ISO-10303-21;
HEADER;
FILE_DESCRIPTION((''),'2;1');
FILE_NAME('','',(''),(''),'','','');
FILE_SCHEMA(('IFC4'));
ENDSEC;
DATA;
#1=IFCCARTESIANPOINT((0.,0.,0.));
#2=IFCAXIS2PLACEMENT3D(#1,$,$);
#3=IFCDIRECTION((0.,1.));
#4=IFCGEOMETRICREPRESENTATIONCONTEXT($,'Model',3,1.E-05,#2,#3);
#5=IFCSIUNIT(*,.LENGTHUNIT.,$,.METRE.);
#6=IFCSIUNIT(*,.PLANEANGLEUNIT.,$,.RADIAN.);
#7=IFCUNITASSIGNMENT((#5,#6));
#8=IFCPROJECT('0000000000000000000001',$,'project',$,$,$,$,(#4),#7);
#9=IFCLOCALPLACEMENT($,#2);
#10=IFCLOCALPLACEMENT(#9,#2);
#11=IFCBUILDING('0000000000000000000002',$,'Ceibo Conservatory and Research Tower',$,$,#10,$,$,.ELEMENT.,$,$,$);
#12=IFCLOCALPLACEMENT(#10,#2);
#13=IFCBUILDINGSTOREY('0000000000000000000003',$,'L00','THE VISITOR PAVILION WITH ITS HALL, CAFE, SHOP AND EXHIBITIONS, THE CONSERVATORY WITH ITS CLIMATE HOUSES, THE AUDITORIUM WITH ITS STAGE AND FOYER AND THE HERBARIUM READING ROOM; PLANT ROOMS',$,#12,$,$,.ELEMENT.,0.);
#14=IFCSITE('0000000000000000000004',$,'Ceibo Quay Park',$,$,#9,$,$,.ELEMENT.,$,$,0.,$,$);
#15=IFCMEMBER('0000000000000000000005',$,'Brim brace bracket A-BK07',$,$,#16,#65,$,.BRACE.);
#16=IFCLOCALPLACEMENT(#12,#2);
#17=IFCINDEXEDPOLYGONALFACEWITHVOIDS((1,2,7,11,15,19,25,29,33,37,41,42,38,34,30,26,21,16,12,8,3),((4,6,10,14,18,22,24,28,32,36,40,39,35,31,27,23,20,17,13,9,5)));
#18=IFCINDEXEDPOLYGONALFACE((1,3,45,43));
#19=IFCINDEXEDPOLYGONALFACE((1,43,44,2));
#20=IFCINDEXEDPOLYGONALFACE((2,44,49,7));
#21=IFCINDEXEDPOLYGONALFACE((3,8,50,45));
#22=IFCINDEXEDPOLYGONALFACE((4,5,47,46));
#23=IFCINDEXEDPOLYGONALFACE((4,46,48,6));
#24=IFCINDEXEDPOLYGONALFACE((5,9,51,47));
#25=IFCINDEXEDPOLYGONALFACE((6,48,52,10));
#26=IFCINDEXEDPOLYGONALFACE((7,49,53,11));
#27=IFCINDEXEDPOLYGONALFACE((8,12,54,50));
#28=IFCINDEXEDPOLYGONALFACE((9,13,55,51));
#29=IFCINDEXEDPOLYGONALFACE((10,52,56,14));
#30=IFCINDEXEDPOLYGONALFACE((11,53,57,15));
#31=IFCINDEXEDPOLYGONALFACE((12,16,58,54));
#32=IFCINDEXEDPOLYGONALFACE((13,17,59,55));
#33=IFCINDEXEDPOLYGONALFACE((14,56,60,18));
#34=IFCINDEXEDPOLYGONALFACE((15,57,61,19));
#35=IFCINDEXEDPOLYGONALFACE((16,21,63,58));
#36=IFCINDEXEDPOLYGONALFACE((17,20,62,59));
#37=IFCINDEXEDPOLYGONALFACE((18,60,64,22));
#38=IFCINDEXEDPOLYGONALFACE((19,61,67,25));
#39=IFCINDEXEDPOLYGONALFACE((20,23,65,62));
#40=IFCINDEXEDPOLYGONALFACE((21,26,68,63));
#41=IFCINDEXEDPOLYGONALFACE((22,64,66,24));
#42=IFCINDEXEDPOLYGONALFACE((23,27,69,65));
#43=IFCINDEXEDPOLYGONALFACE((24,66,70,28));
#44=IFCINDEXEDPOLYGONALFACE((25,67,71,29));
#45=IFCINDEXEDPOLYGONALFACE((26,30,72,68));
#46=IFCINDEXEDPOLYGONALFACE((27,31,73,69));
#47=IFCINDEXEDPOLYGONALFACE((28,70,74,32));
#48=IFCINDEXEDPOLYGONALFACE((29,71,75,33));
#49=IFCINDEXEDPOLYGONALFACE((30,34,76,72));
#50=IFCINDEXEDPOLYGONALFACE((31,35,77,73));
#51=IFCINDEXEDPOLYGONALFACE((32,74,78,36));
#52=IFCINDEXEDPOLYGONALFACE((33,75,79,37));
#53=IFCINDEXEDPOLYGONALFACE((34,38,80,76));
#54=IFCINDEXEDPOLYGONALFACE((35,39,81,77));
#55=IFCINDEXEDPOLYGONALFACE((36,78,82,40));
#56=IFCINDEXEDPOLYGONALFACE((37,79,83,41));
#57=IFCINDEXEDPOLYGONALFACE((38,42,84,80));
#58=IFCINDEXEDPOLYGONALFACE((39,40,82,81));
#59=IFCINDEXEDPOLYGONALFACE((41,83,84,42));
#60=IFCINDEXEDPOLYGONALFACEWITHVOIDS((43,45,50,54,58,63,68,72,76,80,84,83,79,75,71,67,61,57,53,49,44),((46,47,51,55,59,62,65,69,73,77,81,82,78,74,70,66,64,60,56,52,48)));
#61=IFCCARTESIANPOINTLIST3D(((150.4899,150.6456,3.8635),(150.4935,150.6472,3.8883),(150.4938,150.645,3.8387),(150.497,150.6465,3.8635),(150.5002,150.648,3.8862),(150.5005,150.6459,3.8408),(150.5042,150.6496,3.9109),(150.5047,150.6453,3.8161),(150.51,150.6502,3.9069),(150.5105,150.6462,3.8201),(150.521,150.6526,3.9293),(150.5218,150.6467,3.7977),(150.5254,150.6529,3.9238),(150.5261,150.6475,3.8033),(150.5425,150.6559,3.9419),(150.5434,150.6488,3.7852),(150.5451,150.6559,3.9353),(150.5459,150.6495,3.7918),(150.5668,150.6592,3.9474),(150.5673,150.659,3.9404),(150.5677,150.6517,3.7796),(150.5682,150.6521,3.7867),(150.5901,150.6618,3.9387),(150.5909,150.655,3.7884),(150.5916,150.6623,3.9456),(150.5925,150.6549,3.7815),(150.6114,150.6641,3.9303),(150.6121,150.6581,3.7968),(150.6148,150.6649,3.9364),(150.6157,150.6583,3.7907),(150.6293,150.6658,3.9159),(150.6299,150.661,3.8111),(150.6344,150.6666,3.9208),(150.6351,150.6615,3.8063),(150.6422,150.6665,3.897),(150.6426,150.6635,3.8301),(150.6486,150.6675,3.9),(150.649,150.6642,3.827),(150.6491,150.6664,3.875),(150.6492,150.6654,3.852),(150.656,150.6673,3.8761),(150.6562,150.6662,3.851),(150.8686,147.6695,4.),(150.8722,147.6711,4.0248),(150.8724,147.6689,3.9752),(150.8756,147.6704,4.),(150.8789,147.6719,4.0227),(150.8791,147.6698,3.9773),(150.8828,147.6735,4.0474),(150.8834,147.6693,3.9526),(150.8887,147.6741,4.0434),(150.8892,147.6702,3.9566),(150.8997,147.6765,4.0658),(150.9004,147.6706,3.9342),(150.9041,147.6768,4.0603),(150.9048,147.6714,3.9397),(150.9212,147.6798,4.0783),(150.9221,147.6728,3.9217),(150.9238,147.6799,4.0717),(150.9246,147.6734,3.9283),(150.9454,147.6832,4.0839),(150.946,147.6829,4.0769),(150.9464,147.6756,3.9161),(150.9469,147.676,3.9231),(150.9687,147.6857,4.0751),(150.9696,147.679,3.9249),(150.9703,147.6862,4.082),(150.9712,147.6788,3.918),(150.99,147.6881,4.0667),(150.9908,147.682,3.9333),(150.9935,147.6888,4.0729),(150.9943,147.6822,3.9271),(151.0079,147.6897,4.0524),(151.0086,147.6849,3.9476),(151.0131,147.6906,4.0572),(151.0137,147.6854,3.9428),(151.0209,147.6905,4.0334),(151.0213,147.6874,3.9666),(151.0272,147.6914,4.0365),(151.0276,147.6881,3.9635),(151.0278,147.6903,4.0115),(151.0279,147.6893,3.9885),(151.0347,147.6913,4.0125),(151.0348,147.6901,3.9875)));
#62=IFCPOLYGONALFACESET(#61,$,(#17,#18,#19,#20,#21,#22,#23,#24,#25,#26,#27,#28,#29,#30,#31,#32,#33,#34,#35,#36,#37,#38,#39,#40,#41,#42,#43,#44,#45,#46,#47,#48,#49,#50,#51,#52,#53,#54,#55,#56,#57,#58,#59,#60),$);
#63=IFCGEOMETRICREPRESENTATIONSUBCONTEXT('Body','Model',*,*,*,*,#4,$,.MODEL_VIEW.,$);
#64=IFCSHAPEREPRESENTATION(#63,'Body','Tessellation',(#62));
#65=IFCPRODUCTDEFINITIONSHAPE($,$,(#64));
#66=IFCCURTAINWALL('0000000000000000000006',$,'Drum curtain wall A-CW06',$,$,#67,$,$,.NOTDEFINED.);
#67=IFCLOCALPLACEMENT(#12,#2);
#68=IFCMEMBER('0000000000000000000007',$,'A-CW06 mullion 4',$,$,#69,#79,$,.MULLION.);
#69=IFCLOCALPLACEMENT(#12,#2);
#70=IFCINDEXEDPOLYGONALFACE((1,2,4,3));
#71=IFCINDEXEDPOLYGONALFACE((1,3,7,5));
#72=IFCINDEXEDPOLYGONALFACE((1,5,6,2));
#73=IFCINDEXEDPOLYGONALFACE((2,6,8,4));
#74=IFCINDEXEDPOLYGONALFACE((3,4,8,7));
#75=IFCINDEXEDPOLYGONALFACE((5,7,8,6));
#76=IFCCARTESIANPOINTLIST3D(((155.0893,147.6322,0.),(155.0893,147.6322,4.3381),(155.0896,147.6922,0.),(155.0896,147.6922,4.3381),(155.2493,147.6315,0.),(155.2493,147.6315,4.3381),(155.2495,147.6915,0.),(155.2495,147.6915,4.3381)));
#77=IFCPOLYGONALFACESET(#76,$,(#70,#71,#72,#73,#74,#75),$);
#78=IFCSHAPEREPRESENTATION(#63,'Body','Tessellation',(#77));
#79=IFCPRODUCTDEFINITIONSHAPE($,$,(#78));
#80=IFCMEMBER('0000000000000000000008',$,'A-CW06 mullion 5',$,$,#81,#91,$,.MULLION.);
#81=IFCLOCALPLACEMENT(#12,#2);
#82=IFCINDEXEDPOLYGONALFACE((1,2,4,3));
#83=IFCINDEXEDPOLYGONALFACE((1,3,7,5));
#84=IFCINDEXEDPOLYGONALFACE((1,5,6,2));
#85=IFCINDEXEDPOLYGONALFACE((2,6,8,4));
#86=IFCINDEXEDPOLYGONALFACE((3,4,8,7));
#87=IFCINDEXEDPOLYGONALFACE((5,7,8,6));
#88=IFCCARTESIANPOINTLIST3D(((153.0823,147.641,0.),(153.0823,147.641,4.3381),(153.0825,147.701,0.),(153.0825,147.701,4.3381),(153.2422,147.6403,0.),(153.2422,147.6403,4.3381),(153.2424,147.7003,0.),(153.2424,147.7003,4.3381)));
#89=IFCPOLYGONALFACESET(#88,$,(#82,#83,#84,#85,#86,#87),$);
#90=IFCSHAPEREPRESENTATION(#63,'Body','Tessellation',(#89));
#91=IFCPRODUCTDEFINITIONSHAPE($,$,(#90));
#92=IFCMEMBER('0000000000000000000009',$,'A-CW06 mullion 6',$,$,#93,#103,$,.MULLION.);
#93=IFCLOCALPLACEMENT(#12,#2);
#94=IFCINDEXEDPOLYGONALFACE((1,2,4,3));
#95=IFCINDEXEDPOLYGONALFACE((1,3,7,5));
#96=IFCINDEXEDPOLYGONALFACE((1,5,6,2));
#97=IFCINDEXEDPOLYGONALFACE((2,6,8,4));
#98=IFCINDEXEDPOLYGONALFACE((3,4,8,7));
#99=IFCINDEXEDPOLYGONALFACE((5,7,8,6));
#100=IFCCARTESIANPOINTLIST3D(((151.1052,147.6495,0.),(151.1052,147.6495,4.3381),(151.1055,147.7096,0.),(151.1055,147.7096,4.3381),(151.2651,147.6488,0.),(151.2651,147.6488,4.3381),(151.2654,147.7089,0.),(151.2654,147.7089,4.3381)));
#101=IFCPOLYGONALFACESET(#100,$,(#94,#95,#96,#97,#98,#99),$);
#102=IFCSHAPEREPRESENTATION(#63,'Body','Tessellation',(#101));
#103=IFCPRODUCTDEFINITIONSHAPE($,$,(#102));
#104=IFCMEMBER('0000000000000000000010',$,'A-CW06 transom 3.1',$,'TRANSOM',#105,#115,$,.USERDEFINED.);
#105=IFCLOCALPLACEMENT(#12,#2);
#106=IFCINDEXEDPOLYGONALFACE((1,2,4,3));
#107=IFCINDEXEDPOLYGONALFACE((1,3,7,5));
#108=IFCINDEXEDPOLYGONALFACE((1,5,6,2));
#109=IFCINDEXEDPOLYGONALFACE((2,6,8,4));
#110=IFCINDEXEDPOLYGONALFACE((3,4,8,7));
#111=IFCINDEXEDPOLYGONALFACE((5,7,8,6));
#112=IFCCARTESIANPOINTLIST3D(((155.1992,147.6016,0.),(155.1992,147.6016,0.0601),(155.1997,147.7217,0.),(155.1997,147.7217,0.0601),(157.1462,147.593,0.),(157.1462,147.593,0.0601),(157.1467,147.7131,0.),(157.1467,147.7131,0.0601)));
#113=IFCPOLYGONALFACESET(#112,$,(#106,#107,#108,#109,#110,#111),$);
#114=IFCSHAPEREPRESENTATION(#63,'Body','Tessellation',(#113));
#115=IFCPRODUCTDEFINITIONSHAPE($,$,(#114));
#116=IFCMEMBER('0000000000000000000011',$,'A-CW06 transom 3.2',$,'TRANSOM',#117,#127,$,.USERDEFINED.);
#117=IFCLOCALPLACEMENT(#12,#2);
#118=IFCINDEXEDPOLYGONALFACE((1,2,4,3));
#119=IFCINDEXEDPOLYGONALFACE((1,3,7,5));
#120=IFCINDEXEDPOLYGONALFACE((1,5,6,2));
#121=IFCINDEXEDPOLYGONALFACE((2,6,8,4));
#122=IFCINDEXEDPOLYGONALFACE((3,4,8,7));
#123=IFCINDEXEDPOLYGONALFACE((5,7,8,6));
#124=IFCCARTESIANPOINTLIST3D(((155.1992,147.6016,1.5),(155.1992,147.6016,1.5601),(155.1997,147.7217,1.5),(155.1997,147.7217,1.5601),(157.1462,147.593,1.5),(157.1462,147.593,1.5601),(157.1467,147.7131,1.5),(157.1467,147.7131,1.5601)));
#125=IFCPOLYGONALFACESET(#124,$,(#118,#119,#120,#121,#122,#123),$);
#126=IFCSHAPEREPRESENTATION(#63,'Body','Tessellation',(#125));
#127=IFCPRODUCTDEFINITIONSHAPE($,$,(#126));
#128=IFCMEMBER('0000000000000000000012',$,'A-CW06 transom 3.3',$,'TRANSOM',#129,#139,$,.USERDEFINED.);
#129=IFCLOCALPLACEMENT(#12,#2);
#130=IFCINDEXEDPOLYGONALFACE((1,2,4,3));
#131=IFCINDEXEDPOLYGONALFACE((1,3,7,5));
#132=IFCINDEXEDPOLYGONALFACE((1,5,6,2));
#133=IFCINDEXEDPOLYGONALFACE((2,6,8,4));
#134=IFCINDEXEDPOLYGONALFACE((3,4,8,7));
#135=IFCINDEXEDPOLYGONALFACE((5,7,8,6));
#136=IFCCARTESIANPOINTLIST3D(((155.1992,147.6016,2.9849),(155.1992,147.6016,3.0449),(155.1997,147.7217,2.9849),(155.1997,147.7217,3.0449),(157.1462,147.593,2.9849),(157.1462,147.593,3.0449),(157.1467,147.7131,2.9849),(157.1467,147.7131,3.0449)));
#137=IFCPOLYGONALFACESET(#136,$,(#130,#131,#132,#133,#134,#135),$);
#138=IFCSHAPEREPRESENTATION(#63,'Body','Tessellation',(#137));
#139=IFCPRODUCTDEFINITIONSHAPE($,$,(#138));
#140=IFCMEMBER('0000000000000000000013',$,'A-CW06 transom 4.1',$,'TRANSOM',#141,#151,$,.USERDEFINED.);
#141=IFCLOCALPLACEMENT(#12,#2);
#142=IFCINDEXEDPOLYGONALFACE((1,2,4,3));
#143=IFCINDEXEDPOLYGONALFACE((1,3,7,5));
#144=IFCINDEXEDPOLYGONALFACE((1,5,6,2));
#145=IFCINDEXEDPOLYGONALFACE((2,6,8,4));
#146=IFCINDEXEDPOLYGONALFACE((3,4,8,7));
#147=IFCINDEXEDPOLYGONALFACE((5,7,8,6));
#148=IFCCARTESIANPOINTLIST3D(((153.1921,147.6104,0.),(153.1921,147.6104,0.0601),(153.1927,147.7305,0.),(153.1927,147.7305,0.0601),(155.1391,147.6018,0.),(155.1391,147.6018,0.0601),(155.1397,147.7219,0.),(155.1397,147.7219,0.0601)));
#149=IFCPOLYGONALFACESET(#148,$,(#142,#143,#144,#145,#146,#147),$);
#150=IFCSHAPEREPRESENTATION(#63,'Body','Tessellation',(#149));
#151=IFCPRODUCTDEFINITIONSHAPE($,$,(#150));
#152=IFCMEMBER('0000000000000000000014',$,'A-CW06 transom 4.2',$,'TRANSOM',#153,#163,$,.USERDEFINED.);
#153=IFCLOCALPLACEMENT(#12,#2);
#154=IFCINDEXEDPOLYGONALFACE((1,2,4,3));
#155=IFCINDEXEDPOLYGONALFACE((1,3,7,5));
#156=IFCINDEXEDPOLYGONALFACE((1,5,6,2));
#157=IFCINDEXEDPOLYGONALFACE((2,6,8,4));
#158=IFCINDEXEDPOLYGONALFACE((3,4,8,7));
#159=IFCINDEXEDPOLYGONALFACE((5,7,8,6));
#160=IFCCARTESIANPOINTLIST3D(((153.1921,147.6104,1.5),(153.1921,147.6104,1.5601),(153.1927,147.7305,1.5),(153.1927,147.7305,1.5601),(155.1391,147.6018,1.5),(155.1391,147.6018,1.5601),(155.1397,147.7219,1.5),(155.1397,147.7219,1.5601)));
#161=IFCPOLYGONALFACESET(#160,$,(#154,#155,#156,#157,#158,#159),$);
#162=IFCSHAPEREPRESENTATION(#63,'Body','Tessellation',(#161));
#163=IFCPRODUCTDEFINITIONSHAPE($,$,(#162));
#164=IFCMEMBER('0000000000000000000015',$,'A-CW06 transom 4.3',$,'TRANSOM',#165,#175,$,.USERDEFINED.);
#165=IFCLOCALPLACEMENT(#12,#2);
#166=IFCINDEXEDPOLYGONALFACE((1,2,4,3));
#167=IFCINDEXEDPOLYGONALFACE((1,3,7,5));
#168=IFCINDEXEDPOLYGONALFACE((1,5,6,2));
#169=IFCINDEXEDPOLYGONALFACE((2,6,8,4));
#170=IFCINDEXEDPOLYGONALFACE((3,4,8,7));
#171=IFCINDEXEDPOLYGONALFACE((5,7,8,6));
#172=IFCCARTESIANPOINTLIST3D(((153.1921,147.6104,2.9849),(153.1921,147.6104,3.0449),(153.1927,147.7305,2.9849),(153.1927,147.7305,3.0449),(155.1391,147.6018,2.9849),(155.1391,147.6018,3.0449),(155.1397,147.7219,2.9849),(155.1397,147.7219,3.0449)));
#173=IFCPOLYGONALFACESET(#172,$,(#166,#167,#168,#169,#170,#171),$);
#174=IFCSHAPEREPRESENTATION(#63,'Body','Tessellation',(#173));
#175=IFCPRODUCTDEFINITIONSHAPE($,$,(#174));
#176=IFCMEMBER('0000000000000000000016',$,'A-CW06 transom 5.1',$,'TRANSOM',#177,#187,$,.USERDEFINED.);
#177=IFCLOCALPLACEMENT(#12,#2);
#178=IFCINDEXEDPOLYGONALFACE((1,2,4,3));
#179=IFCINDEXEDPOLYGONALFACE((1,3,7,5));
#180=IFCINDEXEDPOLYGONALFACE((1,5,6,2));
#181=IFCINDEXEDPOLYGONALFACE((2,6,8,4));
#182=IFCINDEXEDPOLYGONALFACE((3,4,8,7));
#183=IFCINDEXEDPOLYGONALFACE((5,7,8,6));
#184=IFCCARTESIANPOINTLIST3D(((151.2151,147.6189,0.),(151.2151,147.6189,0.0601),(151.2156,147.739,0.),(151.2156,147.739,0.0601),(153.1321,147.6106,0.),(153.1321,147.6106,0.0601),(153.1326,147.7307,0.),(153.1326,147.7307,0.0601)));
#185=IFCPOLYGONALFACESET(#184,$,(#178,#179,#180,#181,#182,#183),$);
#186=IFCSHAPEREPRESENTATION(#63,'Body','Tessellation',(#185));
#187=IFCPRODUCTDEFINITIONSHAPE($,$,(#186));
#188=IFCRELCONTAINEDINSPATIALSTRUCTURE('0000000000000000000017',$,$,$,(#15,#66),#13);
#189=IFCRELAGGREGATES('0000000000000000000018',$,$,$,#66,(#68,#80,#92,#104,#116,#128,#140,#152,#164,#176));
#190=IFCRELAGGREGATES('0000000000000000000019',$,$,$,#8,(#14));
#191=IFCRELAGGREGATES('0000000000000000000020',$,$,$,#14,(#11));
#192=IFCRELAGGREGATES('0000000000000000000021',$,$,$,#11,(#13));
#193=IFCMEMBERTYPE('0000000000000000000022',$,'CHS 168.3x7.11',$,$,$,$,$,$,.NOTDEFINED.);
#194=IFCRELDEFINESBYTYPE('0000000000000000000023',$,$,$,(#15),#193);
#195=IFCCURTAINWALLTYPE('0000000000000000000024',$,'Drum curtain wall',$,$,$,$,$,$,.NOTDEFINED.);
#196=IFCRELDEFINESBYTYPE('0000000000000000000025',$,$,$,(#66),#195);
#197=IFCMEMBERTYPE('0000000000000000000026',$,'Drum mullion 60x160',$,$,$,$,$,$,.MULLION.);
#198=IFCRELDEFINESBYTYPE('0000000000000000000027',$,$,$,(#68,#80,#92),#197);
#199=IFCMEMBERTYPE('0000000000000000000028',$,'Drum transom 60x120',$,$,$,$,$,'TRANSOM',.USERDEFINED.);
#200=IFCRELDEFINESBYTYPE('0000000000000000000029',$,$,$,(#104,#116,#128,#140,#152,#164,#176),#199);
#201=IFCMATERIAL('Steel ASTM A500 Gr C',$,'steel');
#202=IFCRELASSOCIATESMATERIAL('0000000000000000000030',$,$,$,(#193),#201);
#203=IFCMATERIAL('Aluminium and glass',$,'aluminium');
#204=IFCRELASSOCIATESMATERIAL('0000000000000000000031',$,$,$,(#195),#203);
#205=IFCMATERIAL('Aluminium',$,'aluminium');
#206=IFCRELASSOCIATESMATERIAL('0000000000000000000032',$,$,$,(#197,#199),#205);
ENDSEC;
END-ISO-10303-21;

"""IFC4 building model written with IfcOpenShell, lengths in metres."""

from ifc_helpers import new_model, si_unit, direction, frame, origin, origin_2d, place, context, subcontext, project, spatial, rectangle, hollow_circle, extrude, material, material_profile, profile_set, type_object, element, aggregate, save


model = new_model("IFC4")

# Units and contexts
model_context = context("Model", 3, precision=1e-05, world=origin(), true_north=direction((0.0, 1.0)))
body_context = subcontext(model_context, "Body", "Model", "MODEL_VIEW")
ifc_project = project(units=[si_unit("LENGTHUNIT", "METRE"), si_unit("PLANEANGLEUNIT", "RADIAN")], contexts=[model_context])

# Site, building, storey
site_placement = place(None, origin())
site = spatial("IfcSite", under=ifc_project, at=site_placement, Name="Ceibo Quay Park", CompositionType="ELEMENT", RefElevation=0.0)
building_placement = place(site_placement, origin())
building = spatial("IfcBuilding", under=site, at=building_placement, Name="Ceibo Conservatory and Research Tower", CompositionType="ELEMENT")
storey_placement = place(building_placement, origin())
storey = spatial("IfcBuildingStorey", under=building, at=storey_placement, Name="L00", Description="THE VISITOR PAVILION WITH ITS HALL, CAFE, SHOP AND EXHIBITIONS, THE CONSERVATORY WITH ITS CLIMATE HOUSES, THE AUDITORIUM WITH ITS STAGE AND FOYER AND THE HERBARIUM READING ROOM; PLANT ROOMS", CompositionType="ELEMENT", Elevation=0.0)

# Shared definitions
ifc_material_1 = material(Name="Steel ASTM A500 Gr C", Category="steel")

# Member
ifc_material_profile_1 = material_profile(ifc_material_1, hollow_circle(Radius=0.0842, WallThickness=0.0071, at=origin_2d()), Name="CHS 168.3x7.11")
ifc_profile_set_1 = profile_set([ifc_material_profile_1], Name="Steel ASTM A500 Gr C")
member_type_1 = type_object("IfcMemberType", Name="CHS 168.3x7.11", PredefinedType="NOTDEFINED", material=ifc_profile_set_1)
member_1_placement = place(storey_placement, frame((150.9521, 147.6802, 4.0), z_axis=(-0.126087, 0.990978, -0.045444), x_axis=(-0.992003, -0.126218, 0.0)))
element("IfcMember", 1, at=member_1_placement, inside=storey, type_object=member_type_1, Name="Brim brace bracket A-BK07", PredefinedType="BRACE", context=body_context, shape_type="SweptSolid", body=[
    extrude(hollow_circle(Radius=0.0842, WallThickness=0.0071, at=origin_2d()), origin(), (0.0, 0.0, 1.0), 3.0032),
])

# Curtain wall, members
ifc_material_2 = material(Name="Aluminium and glass", Category="aluminium")
curtain_wall_type = type_object("IfcCurtainWallType", Name="Drum curtain wall", PredefinedType="NOTDEFINED", material=ifc_material_2)
curtain_wall_placement = place(storey_placement, origin())
curtain_wall = element("IfcCurtainWall", 2, at=curtain_wall_placement, inside=storey, type_object=curtain_wall_type, Name="Drum curtain wall A-CW06", PredefinedType="NOTDEFINED")
ifc_material_3 = material(Name="Aluminium", Category="aluminium")
ifc_material_profile_2 = material_profile(ifc_material_3, rectangle(XDim=0.0601, YDim=0.1599, at=origin_2d()), Name="AL 60x160")
ifc_profile_set_2 = profile_set([ifc_material_profile_2], Name="Aluminium")
member_type_2 = type_object("IfcMemberType", Name="Drum mullion 60x160", PredefinedType="MULLION", material=ifc_profile_set_2)
member_2_placement = place(storey_placement, frame((155.1694, 147.6619, 0.0), z_axis=(0.0, 0.0, 1.0), x_axis=(-0.004363, -0.99999, 0.0)))
member_2 = element("IfcMember", 3, at=member_2_placement, type_object=member_type_2, Name="A-CW06 mullion 4", PredefinedType="MULLION", context=body_context, shape_type="SweptSolid", body=[
    extrude(rectangle(XDim=0.0601, YDim=0.1599, at=origin_2d()), origin(), (0.0, 0.0, 1.0), 4.3381),
])
member_3_placement = place(storey_placement, frame((153.1624, 147.6707, 0.0), z_axis=(0.0, 0.0, 1.0), x_axis=(-0.004363, -0.99999, 0.0)))
member_3 = element("IfcMember", 4, at=member_3_placement, type_object=member_type_2, Name="A-CW06 mullion 5", PredefinedType="MULLION", context=body_context, shape_type="SweptSolid", body=[
    extrude(rectangle(XDim=0.0601, YDim=0.1599, at=origin_2d()), origin(), (0.0, 0.0, 1.0), 4.3381),
])
member_4_placement = place(storey_placement, frame((151.1853, 147.6792, 0.0), z_axis=(0.0, 0.0, 1.0), x_axis=(-0.004363, -0.99999, 0.0)))
member_4 = element("IfcMember", 5, at=member_4_placement, type_object=member_type_2, Name="A-CW06 mullion 6", PredefinedType="MULLION", context=body_context, shape_type="SweptSolid", body=[
    extrude(rectangle(XDim=0.0601, YDim=0.1599, at=origin_2d()), origin(), (0.0, 0.0, 1.0), 4.3381),
])
ifc_material_profile_3 = material_profile(ifc_material_3, rectangle(XDim=0.1201, YDim=0.0601, at=origin_2d()), Name="AL 60x120")
ifc_profile_set_3 = profile_set([ifc_material_profile_3], Name="Aluminium")
member_type_3 = type_object("IfcMemberType", Name="Drum transom 60x120", ElementType="TRANSOM", PredefinedType="USERDEFINED", material=ifc_profile_set_3)
member_5_placement = place(storey_placement, frame((157.1465, 147.6531, 0.03), z_axis=(-0.99999, 0.004389, 0.0), x_axis=(-0.004389, -0.99999, 0.0)))
member_5 = element("IfcMember", 6, at=member_5_placement, type_object=member_type_3, Name="A-CW06 transom 3.1", ObjectType="TRANSOM", PredefinedType="USERDEFINED", context=body_context, shape_type="SweptSolid", body=[
    extrude(rectangle(XDim=0.1201, YDim=0.0601, at=origin_2d()), origin(), (0.0, 0.0, 1.0), 1.947),
])
member_6_placement = place(storey_placement, frame((157.1465, 147.6531, 1.53), z_axis=(-0.99999, 0.004389, 0.0), x_axis=(-0.004389, -0.99999, 0.0)))
member_6 = element("IfcMember", 7, at=member_6_placement, type_object=member_type_3, Name="A-CW06 transom 3.2", ObjectType="TRANSOM", PredefinedType="USERDEFINED", context=body_context, shape_type="SweptSolid", body=[
    extrude(rectangle(XDim=0.1201, YDim=0.0601, at=origin_2d()), origin(), (0.0, 0.0, 1.0), 1.947),
])
member_7_placement = place(storey_placement, frame((157.1465, 147.6531, 3.0149), z_axis=(-0.99999, 0.004389, 0.0), x_axis=(-0.004389, -0.99999, 0.0)))
member_7 = element("IfcMember", 8, at=member_7_placement, type_object=member_type_3, Name="A-CW06 transom 3.3", ObjectType="TRANSOM", PredefinedType="USERDEFINED", context=body_context, shape_type="SweptSolid", body=[
    extrude(rectangle(XDim=0.1201, YDim=0.0601, at=origin_2d()), origin(), (0.0, 0.0, 1.0), 1.947),
])
member_8_placement = place(storey_placement, frame((155.1394, 147.6619, 0.03), z_axis=(-0.99999, 0.004389, 0.0), x_axis=(-0.004389, -0.99999, 0.0)))
member_8 = element("IfcMember", 9, at=member_8_placement, type_object=member_type_3, Name="A-CW06 transom 4.1", ObjectType="TRANSOM", PredefinedType="USERDEFINED", context=body_context, shape_type="SweptSolid", body=[
    extrude(rectangle(XDim=0.1201, YDim=0.0601, at=origin_2d()), origin(), (0.0, 0.0, 1.0), 1.947),
])
member_9_placement = place(storey_placement, frame((155.1394, 147.6619, 1.53), z_axis=(-0.99999, 0.004389, 0.0), x_axis=(-0.004389, -0.99999, 0.0)))
member_9 = element("IfcMember", 10, at=member_9_placement, type_object=member_type_3, Name="A-CW06 transom 4.2", ObjectType="TRANSOM", PredefinedType="USERDEFINED", context=body_context, shape_type="SweptSolid", body=[
    extrude(rectangle(XDim=0.1201, YDim=0.0601, at=origin_2d()), origin(), (0.0, 0.0, 1.0), 1.947),
])
member_10_placement = place(storey_placement, frame((155.1394, 147.6619, 3.0149), z_axis=(-0.99999, 0.004389, 0.0), x_axis=(-0.004389, -0.99999, 0.0)))
member_10 = element("IfcMember", 11, at=member_10_placement, type_object=member_type_3, Name="A-CW06 transom 4.3", ObjectType="TRANSOM", PredefinedType="USERDEFINED", context=body_context, shape_type="SweptSolid", body=[
    extrude(rectangle(XDim=0.1201, YDim=0.0601, at=origin_2d()), origin(), (0.0, 0.0, 1.0), 1.947),
])
member_11_placement = place(storey_placement, frame((153.1323, 147.6707, 0.03), z_axis=(-0.999991, 0.00433, 0.0), x_axis=(-0.00433, -0.999991, 0.0)))
member_11 = element("IfcMember", 12, at=member_11_placement, type_object=member_type_3, Name="A-CW06 transom 5.1", ObjectType="TRANSOM", PredefinedType="USERDEFINED", context=body_context, shape_type="SweptSolid", body=[
    extrude(rectangle(XDim=0.1201, YDim=0.0601, at=origin_2d()), origin(), (0.0, 0.0, 1.0), 1.917),
])

aggregate(curtain_wall, [member_2, member_3, member_4, member_5, member_6, member_7, member_8, member_9, member_10, member_11])

save(model, "model.ifc")
